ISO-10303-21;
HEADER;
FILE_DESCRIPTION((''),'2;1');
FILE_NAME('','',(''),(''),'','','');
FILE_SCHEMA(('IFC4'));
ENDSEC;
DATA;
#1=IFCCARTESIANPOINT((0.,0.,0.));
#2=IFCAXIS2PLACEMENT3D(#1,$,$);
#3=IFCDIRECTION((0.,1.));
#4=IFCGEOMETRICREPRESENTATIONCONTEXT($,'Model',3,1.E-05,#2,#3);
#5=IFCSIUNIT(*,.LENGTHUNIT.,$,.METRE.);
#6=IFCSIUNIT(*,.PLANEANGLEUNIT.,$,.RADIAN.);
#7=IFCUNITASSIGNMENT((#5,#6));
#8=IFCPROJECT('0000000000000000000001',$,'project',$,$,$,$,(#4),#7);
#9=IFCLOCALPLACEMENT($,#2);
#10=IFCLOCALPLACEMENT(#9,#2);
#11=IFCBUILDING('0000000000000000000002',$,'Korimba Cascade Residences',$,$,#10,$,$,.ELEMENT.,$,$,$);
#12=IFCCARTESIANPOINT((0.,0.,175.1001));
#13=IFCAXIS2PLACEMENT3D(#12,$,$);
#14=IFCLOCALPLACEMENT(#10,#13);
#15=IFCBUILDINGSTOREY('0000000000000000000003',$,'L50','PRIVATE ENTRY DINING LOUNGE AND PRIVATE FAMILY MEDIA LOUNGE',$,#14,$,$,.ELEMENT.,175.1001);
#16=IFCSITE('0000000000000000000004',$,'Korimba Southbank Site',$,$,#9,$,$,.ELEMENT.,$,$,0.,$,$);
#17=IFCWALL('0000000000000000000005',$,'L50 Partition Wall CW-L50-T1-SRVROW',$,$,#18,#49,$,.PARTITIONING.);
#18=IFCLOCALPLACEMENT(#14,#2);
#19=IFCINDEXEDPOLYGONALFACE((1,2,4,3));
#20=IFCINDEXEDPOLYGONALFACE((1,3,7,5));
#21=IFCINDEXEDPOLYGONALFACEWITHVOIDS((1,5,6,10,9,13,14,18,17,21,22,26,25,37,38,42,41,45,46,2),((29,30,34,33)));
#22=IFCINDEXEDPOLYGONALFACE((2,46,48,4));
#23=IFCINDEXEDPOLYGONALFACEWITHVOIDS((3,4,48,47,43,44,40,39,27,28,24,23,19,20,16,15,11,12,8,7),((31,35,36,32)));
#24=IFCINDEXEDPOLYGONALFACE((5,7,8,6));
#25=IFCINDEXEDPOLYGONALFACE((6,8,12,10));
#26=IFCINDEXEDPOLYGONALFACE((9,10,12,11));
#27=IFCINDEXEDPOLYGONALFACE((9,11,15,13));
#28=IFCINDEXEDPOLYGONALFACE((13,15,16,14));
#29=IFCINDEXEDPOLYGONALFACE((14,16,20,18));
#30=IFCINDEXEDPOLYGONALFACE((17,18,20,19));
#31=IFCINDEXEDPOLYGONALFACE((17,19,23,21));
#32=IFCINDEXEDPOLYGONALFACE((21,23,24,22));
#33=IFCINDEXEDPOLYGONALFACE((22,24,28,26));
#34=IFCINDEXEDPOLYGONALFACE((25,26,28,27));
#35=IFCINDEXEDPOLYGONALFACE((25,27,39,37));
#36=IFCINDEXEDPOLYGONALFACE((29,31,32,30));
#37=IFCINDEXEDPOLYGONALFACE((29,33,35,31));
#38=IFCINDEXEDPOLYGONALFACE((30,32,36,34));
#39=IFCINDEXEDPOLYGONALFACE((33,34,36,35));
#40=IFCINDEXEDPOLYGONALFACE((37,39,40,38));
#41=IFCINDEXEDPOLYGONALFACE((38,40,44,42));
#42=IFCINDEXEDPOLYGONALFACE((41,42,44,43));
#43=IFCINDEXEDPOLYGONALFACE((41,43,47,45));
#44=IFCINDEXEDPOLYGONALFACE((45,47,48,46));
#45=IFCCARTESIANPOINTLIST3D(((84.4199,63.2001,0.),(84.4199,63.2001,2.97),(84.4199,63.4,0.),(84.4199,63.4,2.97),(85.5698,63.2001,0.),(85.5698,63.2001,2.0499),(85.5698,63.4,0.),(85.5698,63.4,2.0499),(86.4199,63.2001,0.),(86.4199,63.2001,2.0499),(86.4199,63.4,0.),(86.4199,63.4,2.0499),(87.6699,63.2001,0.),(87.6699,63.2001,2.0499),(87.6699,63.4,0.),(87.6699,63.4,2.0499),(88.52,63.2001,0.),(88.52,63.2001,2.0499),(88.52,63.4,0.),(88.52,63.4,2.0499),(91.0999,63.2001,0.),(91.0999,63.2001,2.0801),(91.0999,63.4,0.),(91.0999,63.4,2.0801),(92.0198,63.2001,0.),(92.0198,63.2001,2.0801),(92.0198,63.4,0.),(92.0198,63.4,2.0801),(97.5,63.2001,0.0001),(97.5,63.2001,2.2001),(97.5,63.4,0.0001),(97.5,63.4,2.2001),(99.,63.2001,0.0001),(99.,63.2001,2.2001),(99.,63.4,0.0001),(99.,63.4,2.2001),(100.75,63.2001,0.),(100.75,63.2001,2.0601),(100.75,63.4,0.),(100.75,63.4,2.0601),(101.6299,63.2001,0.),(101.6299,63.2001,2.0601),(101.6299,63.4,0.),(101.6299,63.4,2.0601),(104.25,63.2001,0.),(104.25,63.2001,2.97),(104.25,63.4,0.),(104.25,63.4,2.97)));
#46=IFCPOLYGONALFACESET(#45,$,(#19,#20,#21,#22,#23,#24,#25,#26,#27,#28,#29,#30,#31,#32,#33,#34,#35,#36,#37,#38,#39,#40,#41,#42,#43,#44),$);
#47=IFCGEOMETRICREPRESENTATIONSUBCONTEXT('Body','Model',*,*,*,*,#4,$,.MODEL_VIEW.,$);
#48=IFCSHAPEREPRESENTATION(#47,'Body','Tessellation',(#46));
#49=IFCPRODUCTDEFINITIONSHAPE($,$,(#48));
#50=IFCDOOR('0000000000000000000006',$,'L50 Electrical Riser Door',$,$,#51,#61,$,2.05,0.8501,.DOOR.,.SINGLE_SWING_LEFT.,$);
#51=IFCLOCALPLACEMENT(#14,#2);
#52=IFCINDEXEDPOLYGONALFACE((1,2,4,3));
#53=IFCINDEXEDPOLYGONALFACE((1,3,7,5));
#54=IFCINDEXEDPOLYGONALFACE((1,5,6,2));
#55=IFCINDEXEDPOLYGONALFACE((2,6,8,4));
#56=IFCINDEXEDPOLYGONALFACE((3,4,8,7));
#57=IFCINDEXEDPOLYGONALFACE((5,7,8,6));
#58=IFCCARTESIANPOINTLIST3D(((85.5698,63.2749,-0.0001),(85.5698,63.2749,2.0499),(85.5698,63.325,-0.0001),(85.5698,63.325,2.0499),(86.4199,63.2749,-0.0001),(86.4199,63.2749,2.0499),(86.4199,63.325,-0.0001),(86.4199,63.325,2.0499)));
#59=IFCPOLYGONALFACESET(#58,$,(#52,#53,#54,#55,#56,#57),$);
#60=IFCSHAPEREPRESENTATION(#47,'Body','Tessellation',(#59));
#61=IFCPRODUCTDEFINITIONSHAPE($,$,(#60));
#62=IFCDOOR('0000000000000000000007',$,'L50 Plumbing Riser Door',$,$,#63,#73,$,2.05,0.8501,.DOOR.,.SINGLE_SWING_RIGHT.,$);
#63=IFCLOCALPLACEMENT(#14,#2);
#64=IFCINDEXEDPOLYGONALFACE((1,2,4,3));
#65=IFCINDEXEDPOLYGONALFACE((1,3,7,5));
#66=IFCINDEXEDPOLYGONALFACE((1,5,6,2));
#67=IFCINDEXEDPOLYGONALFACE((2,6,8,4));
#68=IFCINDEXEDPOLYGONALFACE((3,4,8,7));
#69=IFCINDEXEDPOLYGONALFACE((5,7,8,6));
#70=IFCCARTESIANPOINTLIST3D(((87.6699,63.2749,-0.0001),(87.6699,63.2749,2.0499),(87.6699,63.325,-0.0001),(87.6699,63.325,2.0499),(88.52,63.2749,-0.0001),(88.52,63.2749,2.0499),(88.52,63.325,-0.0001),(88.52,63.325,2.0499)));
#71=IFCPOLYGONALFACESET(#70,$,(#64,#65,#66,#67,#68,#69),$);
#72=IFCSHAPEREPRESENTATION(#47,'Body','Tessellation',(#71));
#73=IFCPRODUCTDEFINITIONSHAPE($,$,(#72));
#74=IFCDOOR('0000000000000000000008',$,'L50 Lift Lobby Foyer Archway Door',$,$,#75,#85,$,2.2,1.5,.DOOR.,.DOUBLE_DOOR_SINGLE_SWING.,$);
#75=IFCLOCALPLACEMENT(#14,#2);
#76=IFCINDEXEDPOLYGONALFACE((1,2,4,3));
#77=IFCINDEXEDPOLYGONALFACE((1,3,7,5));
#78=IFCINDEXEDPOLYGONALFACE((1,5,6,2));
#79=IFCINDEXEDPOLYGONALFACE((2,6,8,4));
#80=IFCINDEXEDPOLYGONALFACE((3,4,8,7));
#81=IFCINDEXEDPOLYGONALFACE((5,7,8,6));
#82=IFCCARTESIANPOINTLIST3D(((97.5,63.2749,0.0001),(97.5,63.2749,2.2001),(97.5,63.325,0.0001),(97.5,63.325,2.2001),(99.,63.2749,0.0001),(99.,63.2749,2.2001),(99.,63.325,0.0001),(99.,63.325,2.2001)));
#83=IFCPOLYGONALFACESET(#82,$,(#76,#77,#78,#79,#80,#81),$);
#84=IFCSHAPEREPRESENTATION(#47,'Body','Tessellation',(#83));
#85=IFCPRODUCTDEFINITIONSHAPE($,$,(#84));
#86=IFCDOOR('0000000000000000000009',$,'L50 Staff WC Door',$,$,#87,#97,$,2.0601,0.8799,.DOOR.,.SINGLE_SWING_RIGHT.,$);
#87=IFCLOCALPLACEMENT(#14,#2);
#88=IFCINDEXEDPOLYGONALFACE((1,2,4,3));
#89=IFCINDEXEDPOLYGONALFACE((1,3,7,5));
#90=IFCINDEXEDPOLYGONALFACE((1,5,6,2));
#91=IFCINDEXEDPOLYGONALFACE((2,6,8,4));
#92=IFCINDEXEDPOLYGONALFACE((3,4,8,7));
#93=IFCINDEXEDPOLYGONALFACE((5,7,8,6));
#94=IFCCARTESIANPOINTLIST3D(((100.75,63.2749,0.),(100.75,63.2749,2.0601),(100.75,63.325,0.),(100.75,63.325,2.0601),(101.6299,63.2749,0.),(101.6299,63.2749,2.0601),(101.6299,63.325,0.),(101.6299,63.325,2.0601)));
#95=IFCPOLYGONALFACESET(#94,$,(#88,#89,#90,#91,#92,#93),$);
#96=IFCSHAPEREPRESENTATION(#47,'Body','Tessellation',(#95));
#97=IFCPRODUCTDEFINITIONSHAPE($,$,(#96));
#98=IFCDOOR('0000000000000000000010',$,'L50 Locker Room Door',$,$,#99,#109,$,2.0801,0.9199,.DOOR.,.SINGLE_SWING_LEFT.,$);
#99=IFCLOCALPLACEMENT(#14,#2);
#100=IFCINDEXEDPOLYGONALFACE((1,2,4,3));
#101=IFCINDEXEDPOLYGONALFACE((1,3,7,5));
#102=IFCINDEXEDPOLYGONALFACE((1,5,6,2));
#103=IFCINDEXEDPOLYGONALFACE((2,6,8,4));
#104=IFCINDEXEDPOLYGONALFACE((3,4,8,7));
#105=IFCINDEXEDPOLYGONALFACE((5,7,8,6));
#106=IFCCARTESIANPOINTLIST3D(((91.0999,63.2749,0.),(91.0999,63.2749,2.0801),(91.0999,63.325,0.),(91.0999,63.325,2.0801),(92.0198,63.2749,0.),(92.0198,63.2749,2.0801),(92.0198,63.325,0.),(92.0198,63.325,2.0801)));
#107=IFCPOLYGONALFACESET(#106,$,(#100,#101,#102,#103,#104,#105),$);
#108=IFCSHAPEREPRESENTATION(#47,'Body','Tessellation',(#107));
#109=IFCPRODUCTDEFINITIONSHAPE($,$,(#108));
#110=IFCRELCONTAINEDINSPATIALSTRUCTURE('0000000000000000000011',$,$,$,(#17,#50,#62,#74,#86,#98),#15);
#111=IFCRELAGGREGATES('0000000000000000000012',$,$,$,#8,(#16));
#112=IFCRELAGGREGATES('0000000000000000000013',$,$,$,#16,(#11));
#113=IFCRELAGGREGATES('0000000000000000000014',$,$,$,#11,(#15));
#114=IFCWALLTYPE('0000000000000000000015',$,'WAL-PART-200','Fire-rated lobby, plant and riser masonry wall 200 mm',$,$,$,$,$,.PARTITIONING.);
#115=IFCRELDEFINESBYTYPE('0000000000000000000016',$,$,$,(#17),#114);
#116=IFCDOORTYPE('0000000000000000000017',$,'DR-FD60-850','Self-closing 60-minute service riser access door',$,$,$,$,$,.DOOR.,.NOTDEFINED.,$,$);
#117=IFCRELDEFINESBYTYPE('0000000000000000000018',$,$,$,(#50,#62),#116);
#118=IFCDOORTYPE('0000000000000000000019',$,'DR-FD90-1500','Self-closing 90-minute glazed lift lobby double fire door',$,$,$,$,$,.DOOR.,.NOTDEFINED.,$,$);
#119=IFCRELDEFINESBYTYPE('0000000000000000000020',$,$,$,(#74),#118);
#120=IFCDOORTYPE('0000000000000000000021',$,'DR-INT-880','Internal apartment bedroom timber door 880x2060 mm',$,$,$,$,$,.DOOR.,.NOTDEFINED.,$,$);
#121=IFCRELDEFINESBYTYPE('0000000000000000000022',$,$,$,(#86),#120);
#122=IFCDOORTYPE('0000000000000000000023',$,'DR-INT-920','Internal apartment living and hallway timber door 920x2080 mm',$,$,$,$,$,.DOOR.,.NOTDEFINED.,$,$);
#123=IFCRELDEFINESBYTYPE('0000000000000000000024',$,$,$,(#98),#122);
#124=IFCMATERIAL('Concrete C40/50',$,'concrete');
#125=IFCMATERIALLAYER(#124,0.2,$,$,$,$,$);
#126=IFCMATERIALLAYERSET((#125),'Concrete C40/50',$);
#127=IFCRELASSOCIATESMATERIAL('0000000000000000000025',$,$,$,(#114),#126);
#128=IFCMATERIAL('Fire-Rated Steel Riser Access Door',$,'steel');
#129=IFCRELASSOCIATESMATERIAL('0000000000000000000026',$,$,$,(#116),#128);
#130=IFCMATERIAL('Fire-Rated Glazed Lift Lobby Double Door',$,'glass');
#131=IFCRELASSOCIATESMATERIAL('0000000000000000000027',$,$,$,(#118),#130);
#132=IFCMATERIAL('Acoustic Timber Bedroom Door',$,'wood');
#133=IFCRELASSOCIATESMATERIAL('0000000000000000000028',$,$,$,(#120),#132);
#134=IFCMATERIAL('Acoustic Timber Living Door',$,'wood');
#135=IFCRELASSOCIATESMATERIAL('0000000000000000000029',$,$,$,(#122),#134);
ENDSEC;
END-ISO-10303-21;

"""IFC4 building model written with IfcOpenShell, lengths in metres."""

from ifc_helpers import new_model, si_unit, direction, frame, frame_2d, origin, place, context, subcontext, project, spatial, rectangle, extrude, material, layer, layer_set, type_object, element, fill, save


model = new_model("IFC4")

# Units and contexts
model_context = context("Model", 3, precision=1e-05, world=origin(), true_north=direction((0.0, 1.0)))
body_context = subcontext(model_context, "Body", "Model", "MODEL_VIEW")
ifc_project = project(units=[si_unit("LENGTHUNIT", "METRE"), si_unit("PLANEANGLEUNIT", "RADIAN")], contexts=[model_context])

# Site, building, storey
site_placement = place(None, origin())
site = spatial("IfcSite", under=ifc_project, at=site_placement, Name="Korimba Southbank Site", CompositionType="ELEMENT", RefElevation=0.0)
building_placement = place(site_placement, origin())
building = spatial("IfcBuilding", under=site, at=building_placement, Name="Korimba Cascade Residences", CompositionType="ELEMENT")
storey_placement = place(building_placement, frame((0.0, 0.0, 175.1001)))
storey = spatial("IfcBuildingStorey", under=building, at=storey_placement, Name="L50", Description="PRIVATE ENTRY DINING LOUNGE AND PRIVATE FAMILY MEDIA LOUNGE", CompositionType="ELEMENT", Elevation=175.1001)

# Shared definitions
ifc_material_1 = material(Name="Concrete C40/50", Category="concrete")
ifc_layer_1 = layer(ifc_material_1, 0.2)
ifc_layer_set_1 = layer_set([ifc_layer_1], Name="Concrete C40/50")
wall_type_1 = type_object("IfcWallType", Name="WAL-PART-200", Description="Fire-rated lobby, plant and riser masonry wall 200 mm", PredefinedType="PARTITIONING", material=ifc_layer_set_1)

# Wall, openings, doors
wall_1_placement = place(storey_placement, frame((84.4199, 63.3, 0.0), z_axis=(0.0, 0.0, 1.0), x_axis=(1.0, 0.0, 0.0)))
wall_1 = element("IfcWall", 1, at=wall_1_placement, inside=storey, type_object=wall_type_1, Name="L50 Partition Wall CW-L50-T1-SRVROW", PredefinedType="PARTITIONING", context=body_context, shape_type="SweptSolid", body=[
    extrude(rectangle(XDim=19.8301, YDim=0.2, at=frame_2d((9.915, 0.0))), origin(), (0.0, 0.0, 1.0), 2.97),
])
opening_1_placement = place(wall_1_placement, frame((1.1499, 0.0, 0.0)))
opening_1 = element("IfcOpeningElement", 2, at=opening_1_placement, cuts=wall_1, PredefinedType="OPENING", context=body_context, shape_type="SweptSolid", body=[
    extrude(rectangle(XDim=0.8501, YDim=2.05, at=frame_2d((0.425, 1.0249))), frame((0.0, 0.1099, 0.0), z_axis=(0.0, -1.0, 0.0), x_axis=(1.0, 0.0, 0.0)), (0.0, 0.0, 1.0), 0.22),
])
opening_2_placement = place(wall_1_placement, frame((3.25, 0.0, 0.0)))
opening_2 = element("IfcOpeningElement", 3, at=opening_2_placement, cuts=wall_1, PredefinedType="OPENING", context=body_context, shape_type="SweptSolid", body=[
    extrude(rectangle(XDim=0.8501, YDim=2.05, at=frame_2d((0.425, 1.0249))), frame((0.0, 0.1099, 0.0), z_axis=(0.0, -1.0, 0.0), x_axis=(1.0, 0.0, 0.0)), (0.0, 0.0, 1.0), 0.22),
])
opening_3_placement = place(wall_1_placement, frame((13.0801, 0.0, 0.0)))
opening_3 = element("IfcOpeningElement", 4, at=opening_3_placement, cuts=wall_1, PredefinedType="OPENING", context=body_context, shape_type="SweptSolid", body=[
    extrude(rectangle(XDim=1.5, YDim=2.2, at=frame_2d((0.75, 1.1001))), frame((0.0, 0.1099, 0.0), z_axis=(0.0, -1.0, 0.0), x_axis=(1.0, 0.0, 0.0)), (0.0, 0.0, 1.0), 0.22),
])
opening_4_placement = place(wall_1_placement, frame((6.6799, 0.0, 0.0)))
opening_4 = element("IfcOpeningElement", 5, at=opening_4_placement, cuts=wall_1, PredefinedType="OPENING", context=body_context, shape_type="SweptSolid", body=[
    extrude(rectangle(XDim=0.9199, YDim=2.0801, at=frame_2d((0.46, 1.04))), frame((0.0, 0.1099, 0.0), z_axis=(0.0, -1.0, 0.0), x_axis=(1.0, 0.0, 0.0)), (0.0, 0.0, 1.0), 0.22),
])
opening_5_placement = place(wall_1_placement, frame((16.3301, 0.0, 0.0)))
opening_5 = element("IfcOpeningElement", 6, at=opening_5_placement, cuts=wall_1, PredefinedType="OPENING", context=body_context, shape_type="SweptSolid", body=[
    extrude(rectangle(XDim=0.8799, YDim=2.0601, at=frame_2d((0.4399, 1.03))), frame((0.0, 0.1099, 0.0), z_axis=(0.0, -1.0, 0.0), x_axis=(1.0, 0.0, 0.0)), (0.0, 0.0, 1.0), 0.22),
])
ifc_material_2 = material(Name="Fire-Rated Steel Riser Access Door", Category="steel")
door_type_1 = type_object("IfcDoorType", Name="DR-FD60-850", Description="Self-closing 60-minute service riser access door", OperationType="NOTDEFINED", PredefinedType="DOOR", material=ifc_material_2)
door_1_placement = place(opening_1_placement, origin())
door_1 = element("IfcDoor", 7, at=door_1_placement, inside=storey, type_object=door_type_1, Name="L50 Electrical Riser Door", OperationType="SINGLE_SWING_LEFT", OverallHeight=2.05, OverallWidth=0.8501, PredefinedType="DOOR", context=body_context, shape_type="SweptSolid", body=[
    extrude(rectangle(XDim=0.8501, YDim=2.05, at=frame_2d((0.425, 1.0249))), frame((0.0, 0.0249, 0.0), z_axis=(0.0, -1.0, 0.0), x_axis=(1.0, 0.0, 0.0)), (0.0, 0.0, 1.0), 0.05),
])
fill(opening_1, door_1)
door_2_placement = place(opening_2_placement, origin())
door_2 = element("IfcDoor", 8, at=door_2_placement, inside=storey, type_object=door_type_1, Name="L50 Plumbing Riser Door", OperationType="SINGLE_SWING_RIGHT", OverallHeight=2.05, OverallWidth=0.8501, PredefinedType="DOOR", context=body_context, shape_type="SweptSolid", body=[
    extrude(rectangle(XDim=0.8501, YDim=2.05, at=frame_2d((0.425, 1.0249))), frame((0.0, 0.0249, 0.0), z_axis=(0.0, -1.0, 0.0), x_axis=(1.0, 0.0, 0.0)), (0.0, 0.0, 1.0), 0.05),
])
fill(opening_2, door_2)
ifc_material_3 = material(Name="Fire-Rated Glazed Lift Lobby Double Door", Category="glass")
door_type_2 = type_object("IfcDoorType", Name="DR-FD90-1500", Description="Self-closing 90-minute glazed lift lobby double fire door", OperationType="NOTDEFINED", PredefinedType="DOOR", material=ifc_material_3)
door_3_placement = place(opening_3_placement, origin())
door_3 = element("IfcDoor", 9, at=door_3_placement, inside=storey, type_object=door_type_2, Name="L50 Lift Lobby Foyer Archway Door", OperationType="DOUBLE_DOOR_SINGLE_SWING", OverallHeight=2.2, OverallWidth=1.5, PredefinedType="DOOR", context=body_context, shape_type="SweptSolid", body=[
    extrude(rectangle(XDim=1.5, YDim=2.2, at=frame_2d((0.75, 1.1001))), frame((0.0, 0.0249, 0.0), z_axis=(0.0, -1.0, 0.0), x_axis=(1.0, 0.0, 0.0)), (0.0, 0.0, 1.0), 0.05),
])
fill(opening_3, door_3)
ifc_material_4 = material(Name="Acoustic Timber Bedroom Door", Category="wood")
door_type_3 = type_object("IfcDoorType", Name="DR-INT-880", Description="Internal apartment bedroom timber door 880x2060 mm", OperationType="NOTDEFINED", PredefinedType="DOOR", material=ifc_material_4)
door_4_placement = place(opening_5_placement, origin())
door_4 = element("IfcDoor", 10, at=door_4_placement, inside=storey, type_object=door_type_3, Name="L50 Staff WC Door", OperationType="SINGLE_SWING_RIGHT", OverallHeight=2.0601, OverallWidth=0.8799, PredefinedType="DOOR", context=body_context, shape_type="SweptSolid", body=[
    extrude(rectangle(XDim=0.8799, YDim=2.0601, at=frame_2d((0.4399, 1.03))), frame((0.0, 0.0249, 0.0), z_axis=(0.0, -1.0, 0.0), x_axis=(1.0, 0.0, 0.0)), (0.0, 0.0, 1.0), 0.05),
])
fill(opening_5, door_4)
ifc_material_5 = material(Name="Acoustic Timber Living Door", Category="wood")
door_type_4 = type_object("IfcDoorType", Name="DR-INT-920", Description="Internal apartment living and hallway timber door 920x2080 mm", OperationType="NOTDEFINED", PredefinedType="DOOR", material=ifc_material_5)
door_5_placement = place(opening_4_placement, origin())
door_5 = element("IfcDoor", 11, at=door_5_placement, inside=storey, type_object=door_type_4, Name="L50 Locker Room Door", OperationType="SINGLE_SWING_LEFT", OverallHeight=2.0801, OverallWidth=0.9199, PredefinedType="DOOR", context=body_context, shape_type="SweptSolid", body=[
    extrude(rectangle(XDim=0.9199, YDim=2.0801, at=frame_2d((0.46, 1.04))), frame((0.0, 0.0249, 0.0), z_axis=(0.0, -1.0, 0.0), x_axis=(1.0, 0.0, 0.0)), (0.0, 0.0, 1.0), 0.05),
])
fill(opening_4, door_5)

save(model, "model.ifc")
